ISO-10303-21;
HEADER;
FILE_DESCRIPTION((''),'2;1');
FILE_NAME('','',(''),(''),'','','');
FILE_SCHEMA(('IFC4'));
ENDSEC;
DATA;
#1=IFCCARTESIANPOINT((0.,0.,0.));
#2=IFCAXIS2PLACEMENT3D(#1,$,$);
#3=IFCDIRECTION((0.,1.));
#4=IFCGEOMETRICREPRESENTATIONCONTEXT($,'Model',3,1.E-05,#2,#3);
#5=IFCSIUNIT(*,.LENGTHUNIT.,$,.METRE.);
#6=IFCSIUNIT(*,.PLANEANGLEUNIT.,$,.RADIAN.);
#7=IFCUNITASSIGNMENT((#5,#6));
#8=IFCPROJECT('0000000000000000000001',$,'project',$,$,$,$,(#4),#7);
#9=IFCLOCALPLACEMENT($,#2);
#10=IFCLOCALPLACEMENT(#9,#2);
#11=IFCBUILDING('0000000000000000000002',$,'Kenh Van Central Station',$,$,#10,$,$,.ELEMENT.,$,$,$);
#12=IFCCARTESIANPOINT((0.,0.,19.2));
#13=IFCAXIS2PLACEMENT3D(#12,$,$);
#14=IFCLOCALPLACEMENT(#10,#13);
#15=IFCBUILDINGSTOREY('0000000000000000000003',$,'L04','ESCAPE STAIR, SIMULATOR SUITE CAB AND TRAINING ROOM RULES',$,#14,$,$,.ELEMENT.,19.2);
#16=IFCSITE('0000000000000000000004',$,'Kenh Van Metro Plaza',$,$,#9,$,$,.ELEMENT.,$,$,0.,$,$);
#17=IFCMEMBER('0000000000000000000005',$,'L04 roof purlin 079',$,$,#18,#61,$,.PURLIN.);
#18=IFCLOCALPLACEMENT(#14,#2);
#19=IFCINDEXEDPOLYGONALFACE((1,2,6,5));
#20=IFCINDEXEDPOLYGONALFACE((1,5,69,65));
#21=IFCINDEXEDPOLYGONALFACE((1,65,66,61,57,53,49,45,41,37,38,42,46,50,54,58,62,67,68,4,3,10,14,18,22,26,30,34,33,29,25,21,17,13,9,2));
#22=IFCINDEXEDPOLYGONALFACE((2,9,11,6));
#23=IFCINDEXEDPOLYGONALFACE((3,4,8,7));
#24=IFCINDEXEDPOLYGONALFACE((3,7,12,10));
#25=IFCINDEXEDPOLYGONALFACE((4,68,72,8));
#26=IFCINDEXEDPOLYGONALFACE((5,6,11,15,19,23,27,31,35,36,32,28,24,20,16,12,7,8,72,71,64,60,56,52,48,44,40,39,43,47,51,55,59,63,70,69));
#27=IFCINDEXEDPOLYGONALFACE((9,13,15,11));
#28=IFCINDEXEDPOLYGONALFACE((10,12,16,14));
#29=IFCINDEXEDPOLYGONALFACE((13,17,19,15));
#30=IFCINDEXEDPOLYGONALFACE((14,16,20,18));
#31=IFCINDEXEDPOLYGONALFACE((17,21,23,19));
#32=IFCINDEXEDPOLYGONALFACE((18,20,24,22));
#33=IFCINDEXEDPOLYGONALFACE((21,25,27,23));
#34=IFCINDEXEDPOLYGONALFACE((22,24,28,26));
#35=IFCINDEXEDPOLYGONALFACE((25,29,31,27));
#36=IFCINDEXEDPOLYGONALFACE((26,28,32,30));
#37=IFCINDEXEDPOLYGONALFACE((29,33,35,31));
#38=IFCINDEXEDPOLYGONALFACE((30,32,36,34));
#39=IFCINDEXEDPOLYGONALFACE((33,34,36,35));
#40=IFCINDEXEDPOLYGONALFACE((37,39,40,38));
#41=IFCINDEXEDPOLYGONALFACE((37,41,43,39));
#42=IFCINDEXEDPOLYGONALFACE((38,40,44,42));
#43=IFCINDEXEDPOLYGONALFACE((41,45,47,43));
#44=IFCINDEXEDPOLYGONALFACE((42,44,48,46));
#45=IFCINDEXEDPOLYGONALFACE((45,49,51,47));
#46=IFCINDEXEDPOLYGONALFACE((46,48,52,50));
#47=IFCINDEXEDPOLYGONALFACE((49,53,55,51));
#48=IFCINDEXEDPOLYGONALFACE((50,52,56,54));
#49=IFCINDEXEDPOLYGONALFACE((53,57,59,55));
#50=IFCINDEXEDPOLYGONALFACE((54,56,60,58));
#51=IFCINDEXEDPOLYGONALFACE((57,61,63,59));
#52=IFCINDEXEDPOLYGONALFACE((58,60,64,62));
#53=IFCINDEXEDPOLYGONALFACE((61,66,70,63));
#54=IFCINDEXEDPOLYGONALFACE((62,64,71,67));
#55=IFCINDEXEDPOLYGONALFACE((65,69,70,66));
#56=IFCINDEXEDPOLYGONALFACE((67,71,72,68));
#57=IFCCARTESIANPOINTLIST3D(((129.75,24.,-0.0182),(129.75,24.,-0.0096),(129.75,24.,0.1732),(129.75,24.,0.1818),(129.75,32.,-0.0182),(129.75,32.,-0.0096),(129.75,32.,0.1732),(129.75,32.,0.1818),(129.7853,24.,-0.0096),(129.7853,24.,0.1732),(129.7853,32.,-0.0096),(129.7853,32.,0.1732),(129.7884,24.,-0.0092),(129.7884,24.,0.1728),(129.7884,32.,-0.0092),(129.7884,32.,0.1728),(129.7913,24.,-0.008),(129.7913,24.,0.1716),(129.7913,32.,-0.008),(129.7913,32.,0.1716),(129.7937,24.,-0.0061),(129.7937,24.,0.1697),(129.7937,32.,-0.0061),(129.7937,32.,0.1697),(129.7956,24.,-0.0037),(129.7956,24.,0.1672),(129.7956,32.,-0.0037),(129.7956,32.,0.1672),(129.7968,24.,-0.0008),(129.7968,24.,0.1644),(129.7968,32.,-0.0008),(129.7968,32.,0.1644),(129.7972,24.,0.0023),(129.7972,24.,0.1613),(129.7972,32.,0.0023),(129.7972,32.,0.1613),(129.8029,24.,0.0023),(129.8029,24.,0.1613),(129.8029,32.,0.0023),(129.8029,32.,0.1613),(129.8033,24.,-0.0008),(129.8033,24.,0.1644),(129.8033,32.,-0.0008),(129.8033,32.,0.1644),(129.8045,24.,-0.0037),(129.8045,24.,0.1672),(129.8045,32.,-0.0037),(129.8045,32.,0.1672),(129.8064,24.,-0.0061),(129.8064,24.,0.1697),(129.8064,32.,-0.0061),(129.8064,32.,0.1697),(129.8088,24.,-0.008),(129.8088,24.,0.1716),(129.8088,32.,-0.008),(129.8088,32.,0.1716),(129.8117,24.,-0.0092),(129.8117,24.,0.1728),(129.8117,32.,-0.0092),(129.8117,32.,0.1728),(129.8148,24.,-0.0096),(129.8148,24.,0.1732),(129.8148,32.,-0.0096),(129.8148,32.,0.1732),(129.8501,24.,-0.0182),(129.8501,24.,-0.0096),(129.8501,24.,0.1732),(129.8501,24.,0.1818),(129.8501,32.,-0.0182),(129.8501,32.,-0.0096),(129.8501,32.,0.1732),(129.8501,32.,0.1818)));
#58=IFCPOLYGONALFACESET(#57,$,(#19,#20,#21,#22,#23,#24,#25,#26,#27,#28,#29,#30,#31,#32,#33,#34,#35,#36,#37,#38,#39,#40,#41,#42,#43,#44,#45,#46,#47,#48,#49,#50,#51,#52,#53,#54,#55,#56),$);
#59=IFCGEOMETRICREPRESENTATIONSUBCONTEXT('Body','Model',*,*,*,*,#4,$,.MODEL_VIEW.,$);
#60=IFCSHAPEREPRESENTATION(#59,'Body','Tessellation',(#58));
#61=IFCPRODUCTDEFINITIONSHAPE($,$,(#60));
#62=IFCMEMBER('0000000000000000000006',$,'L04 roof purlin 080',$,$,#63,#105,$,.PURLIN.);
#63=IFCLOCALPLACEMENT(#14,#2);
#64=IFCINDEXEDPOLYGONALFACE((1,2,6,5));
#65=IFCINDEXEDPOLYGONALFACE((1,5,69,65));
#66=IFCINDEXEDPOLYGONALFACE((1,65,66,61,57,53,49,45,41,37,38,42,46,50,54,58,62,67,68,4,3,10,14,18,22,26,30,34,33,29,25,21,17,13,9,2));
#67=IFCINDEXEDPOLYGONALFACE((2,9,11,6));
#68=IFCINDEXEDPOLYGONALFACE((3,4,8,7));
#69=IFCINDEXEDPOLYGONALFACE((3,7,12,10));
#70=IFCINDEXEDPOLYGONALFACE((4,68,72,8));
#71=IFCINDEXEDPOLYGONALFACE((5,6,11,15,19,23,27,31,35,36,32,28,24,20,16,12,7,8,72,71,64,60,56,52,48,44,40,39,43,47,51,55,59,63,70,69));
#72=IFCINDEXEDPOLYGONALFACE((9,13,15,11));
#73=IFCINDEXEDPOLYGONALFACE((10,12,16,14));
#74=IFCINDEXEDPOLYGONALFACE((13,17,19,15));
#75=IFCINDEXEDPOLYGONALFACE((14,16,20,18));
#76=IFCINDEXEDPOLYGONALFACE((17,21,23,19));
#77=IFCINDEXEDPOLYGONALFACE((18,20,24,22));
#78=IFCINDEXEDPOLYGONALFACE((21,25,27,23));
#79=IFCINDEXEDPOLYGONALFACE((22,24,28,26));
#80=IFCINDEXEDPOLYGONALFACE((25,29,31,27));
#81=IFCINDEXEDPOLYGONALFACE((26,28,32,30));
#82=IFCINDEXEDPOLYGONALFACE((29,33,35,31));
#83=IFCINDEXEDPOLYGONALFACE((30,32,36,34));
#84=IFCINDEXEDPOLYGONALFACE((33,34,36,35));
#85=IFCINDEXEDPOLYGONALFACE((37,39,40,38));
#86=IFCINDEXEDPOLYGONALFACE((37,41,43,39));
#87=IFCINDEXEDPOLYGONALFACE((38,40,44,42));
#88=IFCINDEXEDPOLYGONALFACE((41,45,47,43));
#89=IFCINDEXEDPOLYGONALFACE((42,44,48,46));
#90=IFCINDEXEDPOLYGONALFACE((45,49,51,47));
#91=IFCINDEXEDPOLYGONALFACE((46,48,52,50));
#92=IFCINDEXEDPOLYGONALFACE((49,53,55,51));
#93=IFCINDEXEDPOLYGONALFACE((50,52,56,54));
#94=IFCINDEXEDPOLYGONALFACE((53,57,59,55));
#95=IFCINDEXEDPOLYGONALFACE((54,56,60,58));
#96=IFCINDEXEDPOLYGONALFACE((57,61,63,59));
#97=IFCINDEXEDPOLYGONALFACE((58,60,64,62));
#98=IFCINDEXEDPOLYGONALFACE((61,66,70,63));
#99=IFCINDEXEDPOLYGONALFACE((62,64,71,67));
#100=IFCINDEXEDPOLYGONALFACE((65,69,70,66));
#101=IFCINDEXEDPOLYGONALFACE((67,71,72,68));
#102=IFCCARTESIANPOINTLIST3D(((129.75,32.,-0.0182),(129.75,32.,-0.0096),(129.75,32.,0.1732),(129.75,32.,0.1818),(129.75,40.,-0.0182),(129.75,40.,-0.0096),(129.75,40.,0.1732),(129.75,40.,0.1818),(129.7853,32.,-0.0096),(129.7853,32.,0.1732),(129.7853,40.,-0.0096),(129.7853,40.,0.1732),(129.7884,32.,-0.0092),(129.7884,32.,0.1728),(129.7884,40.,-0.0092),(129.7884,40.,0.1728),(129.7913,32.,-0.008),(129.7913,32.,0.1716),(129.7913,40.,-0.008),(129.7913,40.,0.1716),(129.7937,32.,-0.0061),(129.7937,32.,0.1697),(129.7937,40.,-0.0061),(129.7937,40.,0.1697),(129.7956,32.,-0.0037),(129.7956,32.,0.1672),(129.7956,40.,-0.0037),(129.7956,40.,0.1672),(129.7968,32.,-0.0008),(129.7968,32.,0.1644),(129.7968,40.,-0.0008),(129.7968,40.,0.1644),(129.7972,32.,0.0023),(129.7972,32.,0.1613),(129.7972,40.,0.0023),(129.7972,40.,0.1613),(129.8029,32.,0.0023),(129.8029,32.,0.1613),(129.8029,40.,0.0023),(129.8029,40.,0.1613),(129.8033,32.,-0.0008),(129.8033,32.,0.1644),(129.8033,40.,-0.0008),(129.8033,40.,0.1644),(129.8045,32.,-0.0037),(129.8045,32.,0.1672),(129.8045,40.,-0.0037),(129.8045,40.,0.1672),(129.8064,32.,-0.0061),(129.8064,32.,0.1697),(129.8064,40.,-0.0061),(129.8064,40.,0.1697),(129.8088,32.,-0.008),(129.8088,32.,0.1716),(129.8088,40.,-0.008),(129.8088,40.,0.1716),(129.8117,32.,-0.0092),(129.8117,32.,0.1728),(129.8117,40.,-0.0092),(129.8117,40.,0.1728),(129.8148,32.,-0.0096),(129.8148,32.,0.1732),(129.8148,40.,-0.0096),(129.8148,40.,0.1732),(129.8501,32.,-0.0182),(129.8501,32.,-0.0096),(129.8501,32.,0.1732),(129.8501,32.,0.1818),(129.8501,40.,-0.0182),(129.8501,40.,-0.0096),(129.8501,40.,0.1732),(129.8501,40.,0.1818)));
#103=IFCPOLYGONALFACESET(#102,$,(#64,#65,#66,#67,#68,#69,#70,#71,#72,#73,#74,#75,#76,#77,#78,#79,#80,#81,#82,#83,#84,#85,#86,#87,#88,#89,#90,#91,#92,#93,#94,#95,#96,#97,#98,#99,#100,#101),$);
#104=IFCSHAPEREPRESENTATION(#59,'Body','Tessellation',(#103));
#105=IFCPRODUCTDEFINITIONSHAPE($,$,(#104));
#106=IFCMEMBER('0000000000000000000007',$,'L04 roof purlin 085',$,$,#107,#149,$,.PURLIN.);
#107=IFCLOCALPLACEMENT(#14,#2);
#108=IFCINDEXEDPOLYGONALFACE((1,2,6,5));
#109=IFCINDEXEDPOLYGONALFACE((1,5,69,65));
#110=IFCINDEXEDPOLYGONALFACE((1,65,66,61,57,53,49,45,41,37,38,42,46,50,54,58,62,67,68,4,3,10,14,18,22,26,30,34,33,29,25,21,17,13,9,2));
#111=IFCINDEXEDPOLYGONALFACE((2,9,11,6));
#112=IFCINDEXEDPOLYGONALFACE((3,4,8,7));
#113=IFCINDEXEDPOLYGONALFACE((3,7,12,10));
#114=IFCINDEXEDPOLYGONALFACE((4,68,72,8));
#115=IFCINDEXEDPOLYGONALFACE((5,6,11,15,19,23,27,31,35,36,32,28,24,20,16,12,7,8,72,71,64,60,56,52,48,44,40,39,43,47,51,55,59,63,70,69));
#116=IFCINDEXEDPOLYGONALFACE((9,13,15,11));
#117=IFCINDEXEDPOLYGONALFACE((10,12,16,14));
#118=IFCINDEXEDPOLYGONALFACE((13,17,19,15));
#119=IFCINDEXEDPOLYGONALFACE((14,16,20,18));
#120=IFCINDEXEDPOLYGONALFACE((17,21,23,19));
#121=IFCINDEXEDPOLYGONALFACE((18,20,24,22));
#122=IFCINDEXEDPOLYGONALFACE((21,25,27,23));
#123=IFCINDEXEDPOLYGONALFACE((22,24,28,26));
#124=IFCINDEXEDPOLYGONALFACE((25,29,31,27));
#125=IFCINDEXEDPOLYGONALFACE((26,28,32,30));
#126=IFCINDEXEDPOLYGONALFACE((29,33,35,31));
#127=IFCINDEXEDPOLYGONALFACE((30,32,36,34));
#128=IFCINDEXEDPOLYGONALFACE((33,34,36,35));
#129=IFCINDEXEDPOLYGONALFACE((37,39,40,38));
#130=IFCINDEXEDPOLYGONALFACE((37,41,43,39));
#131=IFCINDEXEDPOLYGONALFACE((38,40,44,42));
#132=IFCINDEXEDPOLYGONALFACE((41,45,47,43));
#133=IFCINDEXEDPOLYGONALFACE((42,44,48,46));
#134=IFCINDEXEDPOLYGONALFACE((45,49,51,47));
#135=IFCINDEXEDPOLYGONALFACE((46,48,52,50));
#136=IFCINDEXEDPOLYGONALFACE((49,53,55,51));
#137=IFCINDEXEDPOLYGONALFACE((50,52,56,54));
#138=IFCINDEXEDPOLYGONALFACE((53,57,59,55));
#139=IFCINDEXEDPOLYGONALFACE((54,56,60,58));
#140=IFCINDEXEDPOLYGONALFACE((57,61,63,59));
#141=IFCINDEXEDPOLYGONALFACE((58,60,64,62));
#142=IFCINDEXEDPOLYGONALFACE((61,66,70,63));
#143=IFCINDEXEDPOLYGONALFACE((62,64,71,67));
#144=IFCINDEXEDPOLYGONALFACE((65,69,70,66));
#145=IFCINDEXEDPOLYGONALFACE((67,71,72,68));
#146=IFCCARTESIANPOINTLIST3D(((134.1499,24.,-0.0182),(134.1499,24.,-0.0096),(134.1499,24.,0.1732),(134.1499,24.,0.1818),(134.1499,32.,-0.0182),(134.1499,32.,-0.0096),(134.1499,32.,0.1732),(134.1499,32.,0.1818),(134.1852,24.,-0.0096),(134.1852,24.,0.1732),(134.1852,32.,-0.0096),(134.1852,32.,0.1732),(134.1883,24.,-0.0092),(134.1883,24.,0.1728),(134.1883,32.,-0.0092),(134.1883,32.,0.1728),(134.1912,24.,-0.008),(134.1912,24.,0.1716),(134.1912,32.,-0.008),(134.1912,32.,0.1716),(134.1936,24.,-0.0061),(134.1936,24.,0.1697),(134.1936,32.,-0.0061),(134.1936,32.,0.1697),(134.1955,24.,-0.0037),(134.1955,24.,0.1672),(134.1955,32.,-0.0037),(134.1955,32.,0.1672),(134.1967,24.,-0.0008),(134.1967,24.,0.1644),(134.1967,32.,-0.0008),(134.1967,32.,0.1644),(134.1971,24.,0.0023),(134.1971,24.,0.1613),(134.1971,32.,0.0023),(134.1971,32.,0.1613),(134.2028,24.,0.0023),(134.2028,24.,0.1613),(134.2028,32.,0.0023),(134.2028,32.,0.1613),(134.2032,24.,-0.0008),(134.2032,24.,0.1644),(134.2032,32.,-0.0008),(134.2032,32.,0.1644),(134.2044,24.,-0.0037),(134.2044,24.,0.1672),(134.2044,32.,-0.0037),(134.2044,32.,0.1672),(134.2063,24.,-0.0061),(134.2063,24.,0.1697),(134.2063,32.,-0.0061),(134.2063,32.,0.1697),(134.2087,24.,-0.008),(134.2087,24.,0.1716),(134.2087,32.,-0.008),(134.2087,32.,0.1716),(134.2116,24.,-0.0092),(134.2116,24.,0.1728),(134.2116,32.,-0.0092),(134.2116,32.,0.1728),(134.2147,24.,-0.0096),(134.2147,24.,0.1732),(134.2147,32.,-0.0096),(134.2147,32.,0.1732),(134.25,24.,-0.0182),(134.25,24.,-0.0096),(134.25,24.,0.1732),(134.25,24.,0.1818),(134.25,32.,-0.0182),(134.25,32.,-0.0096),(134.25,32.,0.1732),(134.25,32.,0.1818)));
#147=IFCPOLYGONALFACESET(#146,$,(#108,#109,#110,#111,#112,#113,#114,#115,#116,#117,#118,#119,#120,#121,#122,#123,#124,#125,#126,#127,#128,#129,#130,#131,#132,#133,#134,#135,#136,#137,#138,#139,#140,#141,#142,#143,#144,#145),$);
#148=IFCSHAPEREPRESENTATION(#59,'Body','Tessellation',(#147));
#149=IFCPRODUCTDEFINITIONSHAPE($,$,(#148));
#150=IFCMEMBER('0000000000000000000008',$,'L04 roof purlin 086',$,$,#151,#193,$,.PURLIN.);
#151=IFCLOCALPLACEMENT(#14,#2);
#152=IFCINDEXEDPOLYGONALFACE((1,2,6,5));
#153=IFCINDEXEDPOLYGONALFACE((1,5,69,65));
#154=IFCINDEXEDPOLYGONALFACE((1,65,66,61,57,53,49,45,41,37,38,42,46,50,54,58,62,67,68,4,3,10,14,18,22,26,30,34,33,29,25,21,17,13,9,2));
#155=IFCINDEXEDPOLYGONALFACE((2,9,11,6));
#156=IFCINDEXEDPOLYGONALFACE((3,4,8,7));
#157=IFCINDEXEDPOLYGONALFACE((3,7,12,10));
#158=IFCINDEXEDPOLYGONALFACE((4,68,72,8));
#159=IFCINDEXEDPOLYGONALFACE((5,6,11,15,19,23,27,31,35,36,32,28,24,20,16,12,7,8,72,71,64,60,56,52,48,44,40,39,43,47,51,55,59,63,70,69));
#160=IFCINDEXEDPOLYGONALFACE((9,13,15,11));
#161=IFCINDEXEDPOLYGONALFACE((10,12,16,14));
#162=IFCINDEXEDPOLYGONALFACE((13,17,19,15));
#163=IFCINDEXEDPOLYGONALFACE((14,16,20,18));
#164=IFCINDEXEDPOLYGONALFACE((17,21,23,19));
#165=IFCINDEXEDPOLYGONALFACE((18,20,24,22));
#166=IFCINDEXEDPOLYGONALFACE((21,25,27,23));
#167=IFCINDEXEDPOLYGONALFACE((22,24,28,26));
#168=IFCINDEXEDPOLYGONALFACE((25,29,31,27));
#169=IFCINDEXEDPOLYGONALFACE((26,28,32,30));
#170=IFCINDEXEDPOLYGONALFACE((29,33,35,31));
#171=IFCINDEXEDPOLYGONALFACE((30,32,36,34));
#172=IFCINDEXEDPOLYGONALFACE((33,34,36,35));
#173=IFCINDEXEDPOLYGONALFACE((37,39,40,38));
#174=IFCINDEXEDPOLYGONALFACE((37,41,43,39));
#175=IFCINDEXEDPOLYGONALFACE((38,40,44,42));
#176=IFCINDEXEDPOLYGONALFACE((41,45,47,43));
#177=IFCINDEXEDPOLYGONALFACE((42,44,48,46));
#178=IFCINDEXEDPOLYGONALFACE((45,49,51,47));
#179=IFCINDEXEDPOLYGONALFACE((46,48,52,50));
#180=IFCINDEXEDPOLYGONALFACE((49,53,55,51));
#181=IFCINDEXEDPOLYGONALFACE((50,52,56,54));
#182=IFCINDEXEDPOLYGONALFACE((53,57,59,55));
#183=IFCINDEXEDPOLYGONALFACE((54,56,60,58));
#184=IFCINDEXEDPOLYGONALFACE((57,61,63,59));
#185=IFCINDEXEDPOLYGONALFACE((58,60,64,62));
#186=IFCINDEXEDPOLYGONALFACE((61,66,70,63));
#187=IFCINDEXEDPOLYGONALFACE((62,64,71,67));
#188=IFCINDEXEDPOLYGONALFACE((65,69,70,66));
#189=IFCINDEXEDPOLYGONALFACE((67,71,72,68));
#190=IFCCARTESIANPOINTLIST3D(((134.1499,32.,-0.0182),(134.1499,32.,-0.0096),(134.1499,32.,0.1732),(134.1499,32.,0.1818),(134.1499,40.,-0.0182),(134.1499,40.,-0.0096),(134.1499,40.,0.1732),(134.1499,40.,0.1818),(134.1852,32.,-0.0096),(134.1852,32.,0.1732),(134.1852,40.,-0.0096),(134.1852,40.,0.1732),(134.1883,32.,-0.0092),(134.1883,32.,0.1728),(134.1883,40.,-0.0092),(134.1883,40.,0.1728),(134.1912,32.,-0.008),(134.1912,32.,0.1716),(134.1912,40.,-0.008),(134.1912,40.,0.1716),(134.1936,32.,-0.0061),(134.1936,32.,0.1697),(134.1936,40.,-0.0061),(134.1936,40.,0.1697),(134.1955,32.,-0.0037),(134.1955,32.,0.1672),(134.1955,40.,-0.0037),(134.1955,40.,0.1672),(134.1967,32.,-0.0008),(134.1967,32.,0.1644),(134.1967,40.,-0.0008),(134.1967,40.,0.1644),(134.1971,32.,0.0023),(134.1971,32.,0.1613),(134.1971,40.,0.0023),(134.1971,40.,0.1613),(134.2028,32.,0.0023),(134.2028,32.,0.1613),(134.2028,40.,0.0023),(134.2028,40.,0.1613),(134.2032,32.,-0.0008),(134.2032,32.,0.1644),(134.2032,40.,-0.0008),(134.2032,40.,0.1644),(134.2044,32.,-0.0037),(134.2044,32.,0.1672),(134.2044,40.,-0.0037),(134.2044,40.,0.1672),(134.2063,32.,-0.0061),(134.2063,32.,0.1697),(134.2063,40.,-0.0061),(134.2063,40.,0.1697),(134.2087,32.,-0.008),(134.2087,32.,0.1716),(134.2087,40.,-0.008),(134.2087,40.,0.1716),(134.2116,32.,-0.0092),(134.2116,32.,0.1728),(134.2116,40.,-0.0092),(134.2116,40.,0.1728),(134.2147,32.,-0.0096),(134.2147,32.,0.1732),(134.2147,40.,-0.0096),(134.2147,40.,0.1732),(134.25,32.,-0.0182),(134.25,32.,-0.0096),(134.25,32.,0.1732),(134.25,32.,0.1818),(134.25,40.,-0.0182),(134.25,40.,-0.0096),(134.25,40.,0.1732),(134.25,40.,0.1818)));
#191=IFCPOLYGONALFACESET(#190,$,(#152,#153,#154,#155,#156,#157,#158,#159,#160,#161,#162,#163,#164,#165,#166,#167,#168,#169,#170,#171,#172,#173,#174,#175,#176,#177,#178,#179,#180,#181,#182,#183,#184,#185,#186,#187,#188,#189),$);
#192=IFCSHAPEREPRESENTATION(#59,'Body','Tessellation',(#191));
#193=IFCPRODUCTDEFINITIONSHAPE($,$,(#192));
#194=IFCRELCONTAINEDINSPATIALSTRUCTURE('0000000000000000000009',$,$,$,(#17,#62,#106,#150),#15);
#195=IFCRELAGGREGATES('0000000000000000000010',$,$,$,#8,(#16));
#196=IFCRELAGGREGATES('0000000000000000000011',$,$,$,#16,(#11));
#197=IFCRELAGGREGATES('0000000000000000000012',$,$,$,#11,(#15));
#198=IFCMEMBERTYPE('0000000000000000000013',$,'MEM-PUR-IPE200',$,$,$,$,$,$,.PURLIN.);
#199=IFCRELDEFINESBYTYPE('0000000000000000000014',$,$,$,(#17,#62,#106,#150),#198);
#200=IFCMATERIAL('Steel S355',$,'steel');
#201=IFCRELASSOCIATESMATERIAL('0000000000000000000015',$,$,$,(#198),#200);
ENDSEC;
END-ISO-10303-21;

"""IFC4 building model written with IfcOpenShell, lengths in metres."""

from ifc_helpers import new_model, si_unit, direction, frame, origin, origin_2d, place, context, subcontext, project, spatial, i_section, extrude, material, material_profile, profile_set, type_object, element, save


model = new_model("IFC4")

# Units and contexts
model_context = context("Model", 3, precision=1e-05, world=origin(), true_north=direction((0.0, 1.0)))
body_context = subcontext(model_context, "Body", "Model", "MODEL_VIEW")
ifc_project = project(units=[si_unit("LENGTHUNIT", "METRE"), si_unit("PLANEANGLEUNIT", "RADIAN")], contexts=[model_context])

# Site, building, storey
site_placement = place(None, origin())
site = spatial("IfcSite", under=ifc_project, at=site_placement, Name="Kenh Van Metro Plaza", CompositionType="ELEMENT", RefElevation=0.0)
building_placement = place(site_placement, origin())
building = spatial("IfcBuilding", under=site, at=building_placement, Name="Kenh Van Central Station", CompositionType="ELEMENT")
storey_placement = place(building_placement, frame((0.0, 0.0, 19.2)))
storey = spatial("IfcBuildingStorey", under=building, at=storey_placement, Name="L04", Description="ESCAPE STAIR, SIMULATOR SUITE CAB AND TRAINING ROOM RULES", CompositionType="ELEMENT", Elevation=19.2)

# Shared definitions
ifc_material_1 = material(Name="Steel S355", Category="steel")

# Members
ifc_material_profile_1 = material_profile(ifc_material_1, i_section(OverallWidth=0.1001, OverallDepth=0.2, WebThickness=0.0056, FlangeThickness=0.0085, FilletRadius=0.012, at=origin_2d()), Name="IPE 200")
ifc_profile_set_1 = profile_set([ifc_material_profile_1], Name="Steel S355")
member_type_1 = type_object("IfcMemberType", Name="MEM-PUR-IPE200", PredefinedType="PURLIN", material=ifc_profile_set_1)
for number, where, z_axis, x_axis, name in (
    (1, (129.8, 24.0, 0.0818), (0.0, 1.0, 0.0), (-1.0, 0.0, 0.0), "L04 roof purlin 079"),
    (2, (129.8, 32.0, 0.0818), (0.0, 1.0, 0.0), (-1.0, 0.0, 0.0), "L04 roof purlin 080"),
    (3, (134.2, 24.0, 0.0818), (0.0, 1.0, 0.0), (-1.0, 0.0, 0.0), "L04 roof purlin 085"),
    (4, (134.2, 32.0, 0.0818), (0.0, 1.0, 0.0), (-1.0, 0.0, 0.0), "L04 roof purlin 086"),
):
    element("IfcMember", number, at=place(storey_placement, frame(where, z_axis=z_axis, x_axis=x_axis)), inside=storey, type_object=member_type_1, Name=name, PredefinedType="PURLIN", context=body_context, shape_type="SweptSolid", body=[
        extrude(i_section(OverallWidth=0.1001, OverallDepth=0.2, WebThickness=0.0056, FlangeThickness=0.0085, FilletRadius=0.012, at=origin_2d()), origin(), (0.0, 0.0, 1.0), 8.0),
    ])

save(model, "model.ifc")
